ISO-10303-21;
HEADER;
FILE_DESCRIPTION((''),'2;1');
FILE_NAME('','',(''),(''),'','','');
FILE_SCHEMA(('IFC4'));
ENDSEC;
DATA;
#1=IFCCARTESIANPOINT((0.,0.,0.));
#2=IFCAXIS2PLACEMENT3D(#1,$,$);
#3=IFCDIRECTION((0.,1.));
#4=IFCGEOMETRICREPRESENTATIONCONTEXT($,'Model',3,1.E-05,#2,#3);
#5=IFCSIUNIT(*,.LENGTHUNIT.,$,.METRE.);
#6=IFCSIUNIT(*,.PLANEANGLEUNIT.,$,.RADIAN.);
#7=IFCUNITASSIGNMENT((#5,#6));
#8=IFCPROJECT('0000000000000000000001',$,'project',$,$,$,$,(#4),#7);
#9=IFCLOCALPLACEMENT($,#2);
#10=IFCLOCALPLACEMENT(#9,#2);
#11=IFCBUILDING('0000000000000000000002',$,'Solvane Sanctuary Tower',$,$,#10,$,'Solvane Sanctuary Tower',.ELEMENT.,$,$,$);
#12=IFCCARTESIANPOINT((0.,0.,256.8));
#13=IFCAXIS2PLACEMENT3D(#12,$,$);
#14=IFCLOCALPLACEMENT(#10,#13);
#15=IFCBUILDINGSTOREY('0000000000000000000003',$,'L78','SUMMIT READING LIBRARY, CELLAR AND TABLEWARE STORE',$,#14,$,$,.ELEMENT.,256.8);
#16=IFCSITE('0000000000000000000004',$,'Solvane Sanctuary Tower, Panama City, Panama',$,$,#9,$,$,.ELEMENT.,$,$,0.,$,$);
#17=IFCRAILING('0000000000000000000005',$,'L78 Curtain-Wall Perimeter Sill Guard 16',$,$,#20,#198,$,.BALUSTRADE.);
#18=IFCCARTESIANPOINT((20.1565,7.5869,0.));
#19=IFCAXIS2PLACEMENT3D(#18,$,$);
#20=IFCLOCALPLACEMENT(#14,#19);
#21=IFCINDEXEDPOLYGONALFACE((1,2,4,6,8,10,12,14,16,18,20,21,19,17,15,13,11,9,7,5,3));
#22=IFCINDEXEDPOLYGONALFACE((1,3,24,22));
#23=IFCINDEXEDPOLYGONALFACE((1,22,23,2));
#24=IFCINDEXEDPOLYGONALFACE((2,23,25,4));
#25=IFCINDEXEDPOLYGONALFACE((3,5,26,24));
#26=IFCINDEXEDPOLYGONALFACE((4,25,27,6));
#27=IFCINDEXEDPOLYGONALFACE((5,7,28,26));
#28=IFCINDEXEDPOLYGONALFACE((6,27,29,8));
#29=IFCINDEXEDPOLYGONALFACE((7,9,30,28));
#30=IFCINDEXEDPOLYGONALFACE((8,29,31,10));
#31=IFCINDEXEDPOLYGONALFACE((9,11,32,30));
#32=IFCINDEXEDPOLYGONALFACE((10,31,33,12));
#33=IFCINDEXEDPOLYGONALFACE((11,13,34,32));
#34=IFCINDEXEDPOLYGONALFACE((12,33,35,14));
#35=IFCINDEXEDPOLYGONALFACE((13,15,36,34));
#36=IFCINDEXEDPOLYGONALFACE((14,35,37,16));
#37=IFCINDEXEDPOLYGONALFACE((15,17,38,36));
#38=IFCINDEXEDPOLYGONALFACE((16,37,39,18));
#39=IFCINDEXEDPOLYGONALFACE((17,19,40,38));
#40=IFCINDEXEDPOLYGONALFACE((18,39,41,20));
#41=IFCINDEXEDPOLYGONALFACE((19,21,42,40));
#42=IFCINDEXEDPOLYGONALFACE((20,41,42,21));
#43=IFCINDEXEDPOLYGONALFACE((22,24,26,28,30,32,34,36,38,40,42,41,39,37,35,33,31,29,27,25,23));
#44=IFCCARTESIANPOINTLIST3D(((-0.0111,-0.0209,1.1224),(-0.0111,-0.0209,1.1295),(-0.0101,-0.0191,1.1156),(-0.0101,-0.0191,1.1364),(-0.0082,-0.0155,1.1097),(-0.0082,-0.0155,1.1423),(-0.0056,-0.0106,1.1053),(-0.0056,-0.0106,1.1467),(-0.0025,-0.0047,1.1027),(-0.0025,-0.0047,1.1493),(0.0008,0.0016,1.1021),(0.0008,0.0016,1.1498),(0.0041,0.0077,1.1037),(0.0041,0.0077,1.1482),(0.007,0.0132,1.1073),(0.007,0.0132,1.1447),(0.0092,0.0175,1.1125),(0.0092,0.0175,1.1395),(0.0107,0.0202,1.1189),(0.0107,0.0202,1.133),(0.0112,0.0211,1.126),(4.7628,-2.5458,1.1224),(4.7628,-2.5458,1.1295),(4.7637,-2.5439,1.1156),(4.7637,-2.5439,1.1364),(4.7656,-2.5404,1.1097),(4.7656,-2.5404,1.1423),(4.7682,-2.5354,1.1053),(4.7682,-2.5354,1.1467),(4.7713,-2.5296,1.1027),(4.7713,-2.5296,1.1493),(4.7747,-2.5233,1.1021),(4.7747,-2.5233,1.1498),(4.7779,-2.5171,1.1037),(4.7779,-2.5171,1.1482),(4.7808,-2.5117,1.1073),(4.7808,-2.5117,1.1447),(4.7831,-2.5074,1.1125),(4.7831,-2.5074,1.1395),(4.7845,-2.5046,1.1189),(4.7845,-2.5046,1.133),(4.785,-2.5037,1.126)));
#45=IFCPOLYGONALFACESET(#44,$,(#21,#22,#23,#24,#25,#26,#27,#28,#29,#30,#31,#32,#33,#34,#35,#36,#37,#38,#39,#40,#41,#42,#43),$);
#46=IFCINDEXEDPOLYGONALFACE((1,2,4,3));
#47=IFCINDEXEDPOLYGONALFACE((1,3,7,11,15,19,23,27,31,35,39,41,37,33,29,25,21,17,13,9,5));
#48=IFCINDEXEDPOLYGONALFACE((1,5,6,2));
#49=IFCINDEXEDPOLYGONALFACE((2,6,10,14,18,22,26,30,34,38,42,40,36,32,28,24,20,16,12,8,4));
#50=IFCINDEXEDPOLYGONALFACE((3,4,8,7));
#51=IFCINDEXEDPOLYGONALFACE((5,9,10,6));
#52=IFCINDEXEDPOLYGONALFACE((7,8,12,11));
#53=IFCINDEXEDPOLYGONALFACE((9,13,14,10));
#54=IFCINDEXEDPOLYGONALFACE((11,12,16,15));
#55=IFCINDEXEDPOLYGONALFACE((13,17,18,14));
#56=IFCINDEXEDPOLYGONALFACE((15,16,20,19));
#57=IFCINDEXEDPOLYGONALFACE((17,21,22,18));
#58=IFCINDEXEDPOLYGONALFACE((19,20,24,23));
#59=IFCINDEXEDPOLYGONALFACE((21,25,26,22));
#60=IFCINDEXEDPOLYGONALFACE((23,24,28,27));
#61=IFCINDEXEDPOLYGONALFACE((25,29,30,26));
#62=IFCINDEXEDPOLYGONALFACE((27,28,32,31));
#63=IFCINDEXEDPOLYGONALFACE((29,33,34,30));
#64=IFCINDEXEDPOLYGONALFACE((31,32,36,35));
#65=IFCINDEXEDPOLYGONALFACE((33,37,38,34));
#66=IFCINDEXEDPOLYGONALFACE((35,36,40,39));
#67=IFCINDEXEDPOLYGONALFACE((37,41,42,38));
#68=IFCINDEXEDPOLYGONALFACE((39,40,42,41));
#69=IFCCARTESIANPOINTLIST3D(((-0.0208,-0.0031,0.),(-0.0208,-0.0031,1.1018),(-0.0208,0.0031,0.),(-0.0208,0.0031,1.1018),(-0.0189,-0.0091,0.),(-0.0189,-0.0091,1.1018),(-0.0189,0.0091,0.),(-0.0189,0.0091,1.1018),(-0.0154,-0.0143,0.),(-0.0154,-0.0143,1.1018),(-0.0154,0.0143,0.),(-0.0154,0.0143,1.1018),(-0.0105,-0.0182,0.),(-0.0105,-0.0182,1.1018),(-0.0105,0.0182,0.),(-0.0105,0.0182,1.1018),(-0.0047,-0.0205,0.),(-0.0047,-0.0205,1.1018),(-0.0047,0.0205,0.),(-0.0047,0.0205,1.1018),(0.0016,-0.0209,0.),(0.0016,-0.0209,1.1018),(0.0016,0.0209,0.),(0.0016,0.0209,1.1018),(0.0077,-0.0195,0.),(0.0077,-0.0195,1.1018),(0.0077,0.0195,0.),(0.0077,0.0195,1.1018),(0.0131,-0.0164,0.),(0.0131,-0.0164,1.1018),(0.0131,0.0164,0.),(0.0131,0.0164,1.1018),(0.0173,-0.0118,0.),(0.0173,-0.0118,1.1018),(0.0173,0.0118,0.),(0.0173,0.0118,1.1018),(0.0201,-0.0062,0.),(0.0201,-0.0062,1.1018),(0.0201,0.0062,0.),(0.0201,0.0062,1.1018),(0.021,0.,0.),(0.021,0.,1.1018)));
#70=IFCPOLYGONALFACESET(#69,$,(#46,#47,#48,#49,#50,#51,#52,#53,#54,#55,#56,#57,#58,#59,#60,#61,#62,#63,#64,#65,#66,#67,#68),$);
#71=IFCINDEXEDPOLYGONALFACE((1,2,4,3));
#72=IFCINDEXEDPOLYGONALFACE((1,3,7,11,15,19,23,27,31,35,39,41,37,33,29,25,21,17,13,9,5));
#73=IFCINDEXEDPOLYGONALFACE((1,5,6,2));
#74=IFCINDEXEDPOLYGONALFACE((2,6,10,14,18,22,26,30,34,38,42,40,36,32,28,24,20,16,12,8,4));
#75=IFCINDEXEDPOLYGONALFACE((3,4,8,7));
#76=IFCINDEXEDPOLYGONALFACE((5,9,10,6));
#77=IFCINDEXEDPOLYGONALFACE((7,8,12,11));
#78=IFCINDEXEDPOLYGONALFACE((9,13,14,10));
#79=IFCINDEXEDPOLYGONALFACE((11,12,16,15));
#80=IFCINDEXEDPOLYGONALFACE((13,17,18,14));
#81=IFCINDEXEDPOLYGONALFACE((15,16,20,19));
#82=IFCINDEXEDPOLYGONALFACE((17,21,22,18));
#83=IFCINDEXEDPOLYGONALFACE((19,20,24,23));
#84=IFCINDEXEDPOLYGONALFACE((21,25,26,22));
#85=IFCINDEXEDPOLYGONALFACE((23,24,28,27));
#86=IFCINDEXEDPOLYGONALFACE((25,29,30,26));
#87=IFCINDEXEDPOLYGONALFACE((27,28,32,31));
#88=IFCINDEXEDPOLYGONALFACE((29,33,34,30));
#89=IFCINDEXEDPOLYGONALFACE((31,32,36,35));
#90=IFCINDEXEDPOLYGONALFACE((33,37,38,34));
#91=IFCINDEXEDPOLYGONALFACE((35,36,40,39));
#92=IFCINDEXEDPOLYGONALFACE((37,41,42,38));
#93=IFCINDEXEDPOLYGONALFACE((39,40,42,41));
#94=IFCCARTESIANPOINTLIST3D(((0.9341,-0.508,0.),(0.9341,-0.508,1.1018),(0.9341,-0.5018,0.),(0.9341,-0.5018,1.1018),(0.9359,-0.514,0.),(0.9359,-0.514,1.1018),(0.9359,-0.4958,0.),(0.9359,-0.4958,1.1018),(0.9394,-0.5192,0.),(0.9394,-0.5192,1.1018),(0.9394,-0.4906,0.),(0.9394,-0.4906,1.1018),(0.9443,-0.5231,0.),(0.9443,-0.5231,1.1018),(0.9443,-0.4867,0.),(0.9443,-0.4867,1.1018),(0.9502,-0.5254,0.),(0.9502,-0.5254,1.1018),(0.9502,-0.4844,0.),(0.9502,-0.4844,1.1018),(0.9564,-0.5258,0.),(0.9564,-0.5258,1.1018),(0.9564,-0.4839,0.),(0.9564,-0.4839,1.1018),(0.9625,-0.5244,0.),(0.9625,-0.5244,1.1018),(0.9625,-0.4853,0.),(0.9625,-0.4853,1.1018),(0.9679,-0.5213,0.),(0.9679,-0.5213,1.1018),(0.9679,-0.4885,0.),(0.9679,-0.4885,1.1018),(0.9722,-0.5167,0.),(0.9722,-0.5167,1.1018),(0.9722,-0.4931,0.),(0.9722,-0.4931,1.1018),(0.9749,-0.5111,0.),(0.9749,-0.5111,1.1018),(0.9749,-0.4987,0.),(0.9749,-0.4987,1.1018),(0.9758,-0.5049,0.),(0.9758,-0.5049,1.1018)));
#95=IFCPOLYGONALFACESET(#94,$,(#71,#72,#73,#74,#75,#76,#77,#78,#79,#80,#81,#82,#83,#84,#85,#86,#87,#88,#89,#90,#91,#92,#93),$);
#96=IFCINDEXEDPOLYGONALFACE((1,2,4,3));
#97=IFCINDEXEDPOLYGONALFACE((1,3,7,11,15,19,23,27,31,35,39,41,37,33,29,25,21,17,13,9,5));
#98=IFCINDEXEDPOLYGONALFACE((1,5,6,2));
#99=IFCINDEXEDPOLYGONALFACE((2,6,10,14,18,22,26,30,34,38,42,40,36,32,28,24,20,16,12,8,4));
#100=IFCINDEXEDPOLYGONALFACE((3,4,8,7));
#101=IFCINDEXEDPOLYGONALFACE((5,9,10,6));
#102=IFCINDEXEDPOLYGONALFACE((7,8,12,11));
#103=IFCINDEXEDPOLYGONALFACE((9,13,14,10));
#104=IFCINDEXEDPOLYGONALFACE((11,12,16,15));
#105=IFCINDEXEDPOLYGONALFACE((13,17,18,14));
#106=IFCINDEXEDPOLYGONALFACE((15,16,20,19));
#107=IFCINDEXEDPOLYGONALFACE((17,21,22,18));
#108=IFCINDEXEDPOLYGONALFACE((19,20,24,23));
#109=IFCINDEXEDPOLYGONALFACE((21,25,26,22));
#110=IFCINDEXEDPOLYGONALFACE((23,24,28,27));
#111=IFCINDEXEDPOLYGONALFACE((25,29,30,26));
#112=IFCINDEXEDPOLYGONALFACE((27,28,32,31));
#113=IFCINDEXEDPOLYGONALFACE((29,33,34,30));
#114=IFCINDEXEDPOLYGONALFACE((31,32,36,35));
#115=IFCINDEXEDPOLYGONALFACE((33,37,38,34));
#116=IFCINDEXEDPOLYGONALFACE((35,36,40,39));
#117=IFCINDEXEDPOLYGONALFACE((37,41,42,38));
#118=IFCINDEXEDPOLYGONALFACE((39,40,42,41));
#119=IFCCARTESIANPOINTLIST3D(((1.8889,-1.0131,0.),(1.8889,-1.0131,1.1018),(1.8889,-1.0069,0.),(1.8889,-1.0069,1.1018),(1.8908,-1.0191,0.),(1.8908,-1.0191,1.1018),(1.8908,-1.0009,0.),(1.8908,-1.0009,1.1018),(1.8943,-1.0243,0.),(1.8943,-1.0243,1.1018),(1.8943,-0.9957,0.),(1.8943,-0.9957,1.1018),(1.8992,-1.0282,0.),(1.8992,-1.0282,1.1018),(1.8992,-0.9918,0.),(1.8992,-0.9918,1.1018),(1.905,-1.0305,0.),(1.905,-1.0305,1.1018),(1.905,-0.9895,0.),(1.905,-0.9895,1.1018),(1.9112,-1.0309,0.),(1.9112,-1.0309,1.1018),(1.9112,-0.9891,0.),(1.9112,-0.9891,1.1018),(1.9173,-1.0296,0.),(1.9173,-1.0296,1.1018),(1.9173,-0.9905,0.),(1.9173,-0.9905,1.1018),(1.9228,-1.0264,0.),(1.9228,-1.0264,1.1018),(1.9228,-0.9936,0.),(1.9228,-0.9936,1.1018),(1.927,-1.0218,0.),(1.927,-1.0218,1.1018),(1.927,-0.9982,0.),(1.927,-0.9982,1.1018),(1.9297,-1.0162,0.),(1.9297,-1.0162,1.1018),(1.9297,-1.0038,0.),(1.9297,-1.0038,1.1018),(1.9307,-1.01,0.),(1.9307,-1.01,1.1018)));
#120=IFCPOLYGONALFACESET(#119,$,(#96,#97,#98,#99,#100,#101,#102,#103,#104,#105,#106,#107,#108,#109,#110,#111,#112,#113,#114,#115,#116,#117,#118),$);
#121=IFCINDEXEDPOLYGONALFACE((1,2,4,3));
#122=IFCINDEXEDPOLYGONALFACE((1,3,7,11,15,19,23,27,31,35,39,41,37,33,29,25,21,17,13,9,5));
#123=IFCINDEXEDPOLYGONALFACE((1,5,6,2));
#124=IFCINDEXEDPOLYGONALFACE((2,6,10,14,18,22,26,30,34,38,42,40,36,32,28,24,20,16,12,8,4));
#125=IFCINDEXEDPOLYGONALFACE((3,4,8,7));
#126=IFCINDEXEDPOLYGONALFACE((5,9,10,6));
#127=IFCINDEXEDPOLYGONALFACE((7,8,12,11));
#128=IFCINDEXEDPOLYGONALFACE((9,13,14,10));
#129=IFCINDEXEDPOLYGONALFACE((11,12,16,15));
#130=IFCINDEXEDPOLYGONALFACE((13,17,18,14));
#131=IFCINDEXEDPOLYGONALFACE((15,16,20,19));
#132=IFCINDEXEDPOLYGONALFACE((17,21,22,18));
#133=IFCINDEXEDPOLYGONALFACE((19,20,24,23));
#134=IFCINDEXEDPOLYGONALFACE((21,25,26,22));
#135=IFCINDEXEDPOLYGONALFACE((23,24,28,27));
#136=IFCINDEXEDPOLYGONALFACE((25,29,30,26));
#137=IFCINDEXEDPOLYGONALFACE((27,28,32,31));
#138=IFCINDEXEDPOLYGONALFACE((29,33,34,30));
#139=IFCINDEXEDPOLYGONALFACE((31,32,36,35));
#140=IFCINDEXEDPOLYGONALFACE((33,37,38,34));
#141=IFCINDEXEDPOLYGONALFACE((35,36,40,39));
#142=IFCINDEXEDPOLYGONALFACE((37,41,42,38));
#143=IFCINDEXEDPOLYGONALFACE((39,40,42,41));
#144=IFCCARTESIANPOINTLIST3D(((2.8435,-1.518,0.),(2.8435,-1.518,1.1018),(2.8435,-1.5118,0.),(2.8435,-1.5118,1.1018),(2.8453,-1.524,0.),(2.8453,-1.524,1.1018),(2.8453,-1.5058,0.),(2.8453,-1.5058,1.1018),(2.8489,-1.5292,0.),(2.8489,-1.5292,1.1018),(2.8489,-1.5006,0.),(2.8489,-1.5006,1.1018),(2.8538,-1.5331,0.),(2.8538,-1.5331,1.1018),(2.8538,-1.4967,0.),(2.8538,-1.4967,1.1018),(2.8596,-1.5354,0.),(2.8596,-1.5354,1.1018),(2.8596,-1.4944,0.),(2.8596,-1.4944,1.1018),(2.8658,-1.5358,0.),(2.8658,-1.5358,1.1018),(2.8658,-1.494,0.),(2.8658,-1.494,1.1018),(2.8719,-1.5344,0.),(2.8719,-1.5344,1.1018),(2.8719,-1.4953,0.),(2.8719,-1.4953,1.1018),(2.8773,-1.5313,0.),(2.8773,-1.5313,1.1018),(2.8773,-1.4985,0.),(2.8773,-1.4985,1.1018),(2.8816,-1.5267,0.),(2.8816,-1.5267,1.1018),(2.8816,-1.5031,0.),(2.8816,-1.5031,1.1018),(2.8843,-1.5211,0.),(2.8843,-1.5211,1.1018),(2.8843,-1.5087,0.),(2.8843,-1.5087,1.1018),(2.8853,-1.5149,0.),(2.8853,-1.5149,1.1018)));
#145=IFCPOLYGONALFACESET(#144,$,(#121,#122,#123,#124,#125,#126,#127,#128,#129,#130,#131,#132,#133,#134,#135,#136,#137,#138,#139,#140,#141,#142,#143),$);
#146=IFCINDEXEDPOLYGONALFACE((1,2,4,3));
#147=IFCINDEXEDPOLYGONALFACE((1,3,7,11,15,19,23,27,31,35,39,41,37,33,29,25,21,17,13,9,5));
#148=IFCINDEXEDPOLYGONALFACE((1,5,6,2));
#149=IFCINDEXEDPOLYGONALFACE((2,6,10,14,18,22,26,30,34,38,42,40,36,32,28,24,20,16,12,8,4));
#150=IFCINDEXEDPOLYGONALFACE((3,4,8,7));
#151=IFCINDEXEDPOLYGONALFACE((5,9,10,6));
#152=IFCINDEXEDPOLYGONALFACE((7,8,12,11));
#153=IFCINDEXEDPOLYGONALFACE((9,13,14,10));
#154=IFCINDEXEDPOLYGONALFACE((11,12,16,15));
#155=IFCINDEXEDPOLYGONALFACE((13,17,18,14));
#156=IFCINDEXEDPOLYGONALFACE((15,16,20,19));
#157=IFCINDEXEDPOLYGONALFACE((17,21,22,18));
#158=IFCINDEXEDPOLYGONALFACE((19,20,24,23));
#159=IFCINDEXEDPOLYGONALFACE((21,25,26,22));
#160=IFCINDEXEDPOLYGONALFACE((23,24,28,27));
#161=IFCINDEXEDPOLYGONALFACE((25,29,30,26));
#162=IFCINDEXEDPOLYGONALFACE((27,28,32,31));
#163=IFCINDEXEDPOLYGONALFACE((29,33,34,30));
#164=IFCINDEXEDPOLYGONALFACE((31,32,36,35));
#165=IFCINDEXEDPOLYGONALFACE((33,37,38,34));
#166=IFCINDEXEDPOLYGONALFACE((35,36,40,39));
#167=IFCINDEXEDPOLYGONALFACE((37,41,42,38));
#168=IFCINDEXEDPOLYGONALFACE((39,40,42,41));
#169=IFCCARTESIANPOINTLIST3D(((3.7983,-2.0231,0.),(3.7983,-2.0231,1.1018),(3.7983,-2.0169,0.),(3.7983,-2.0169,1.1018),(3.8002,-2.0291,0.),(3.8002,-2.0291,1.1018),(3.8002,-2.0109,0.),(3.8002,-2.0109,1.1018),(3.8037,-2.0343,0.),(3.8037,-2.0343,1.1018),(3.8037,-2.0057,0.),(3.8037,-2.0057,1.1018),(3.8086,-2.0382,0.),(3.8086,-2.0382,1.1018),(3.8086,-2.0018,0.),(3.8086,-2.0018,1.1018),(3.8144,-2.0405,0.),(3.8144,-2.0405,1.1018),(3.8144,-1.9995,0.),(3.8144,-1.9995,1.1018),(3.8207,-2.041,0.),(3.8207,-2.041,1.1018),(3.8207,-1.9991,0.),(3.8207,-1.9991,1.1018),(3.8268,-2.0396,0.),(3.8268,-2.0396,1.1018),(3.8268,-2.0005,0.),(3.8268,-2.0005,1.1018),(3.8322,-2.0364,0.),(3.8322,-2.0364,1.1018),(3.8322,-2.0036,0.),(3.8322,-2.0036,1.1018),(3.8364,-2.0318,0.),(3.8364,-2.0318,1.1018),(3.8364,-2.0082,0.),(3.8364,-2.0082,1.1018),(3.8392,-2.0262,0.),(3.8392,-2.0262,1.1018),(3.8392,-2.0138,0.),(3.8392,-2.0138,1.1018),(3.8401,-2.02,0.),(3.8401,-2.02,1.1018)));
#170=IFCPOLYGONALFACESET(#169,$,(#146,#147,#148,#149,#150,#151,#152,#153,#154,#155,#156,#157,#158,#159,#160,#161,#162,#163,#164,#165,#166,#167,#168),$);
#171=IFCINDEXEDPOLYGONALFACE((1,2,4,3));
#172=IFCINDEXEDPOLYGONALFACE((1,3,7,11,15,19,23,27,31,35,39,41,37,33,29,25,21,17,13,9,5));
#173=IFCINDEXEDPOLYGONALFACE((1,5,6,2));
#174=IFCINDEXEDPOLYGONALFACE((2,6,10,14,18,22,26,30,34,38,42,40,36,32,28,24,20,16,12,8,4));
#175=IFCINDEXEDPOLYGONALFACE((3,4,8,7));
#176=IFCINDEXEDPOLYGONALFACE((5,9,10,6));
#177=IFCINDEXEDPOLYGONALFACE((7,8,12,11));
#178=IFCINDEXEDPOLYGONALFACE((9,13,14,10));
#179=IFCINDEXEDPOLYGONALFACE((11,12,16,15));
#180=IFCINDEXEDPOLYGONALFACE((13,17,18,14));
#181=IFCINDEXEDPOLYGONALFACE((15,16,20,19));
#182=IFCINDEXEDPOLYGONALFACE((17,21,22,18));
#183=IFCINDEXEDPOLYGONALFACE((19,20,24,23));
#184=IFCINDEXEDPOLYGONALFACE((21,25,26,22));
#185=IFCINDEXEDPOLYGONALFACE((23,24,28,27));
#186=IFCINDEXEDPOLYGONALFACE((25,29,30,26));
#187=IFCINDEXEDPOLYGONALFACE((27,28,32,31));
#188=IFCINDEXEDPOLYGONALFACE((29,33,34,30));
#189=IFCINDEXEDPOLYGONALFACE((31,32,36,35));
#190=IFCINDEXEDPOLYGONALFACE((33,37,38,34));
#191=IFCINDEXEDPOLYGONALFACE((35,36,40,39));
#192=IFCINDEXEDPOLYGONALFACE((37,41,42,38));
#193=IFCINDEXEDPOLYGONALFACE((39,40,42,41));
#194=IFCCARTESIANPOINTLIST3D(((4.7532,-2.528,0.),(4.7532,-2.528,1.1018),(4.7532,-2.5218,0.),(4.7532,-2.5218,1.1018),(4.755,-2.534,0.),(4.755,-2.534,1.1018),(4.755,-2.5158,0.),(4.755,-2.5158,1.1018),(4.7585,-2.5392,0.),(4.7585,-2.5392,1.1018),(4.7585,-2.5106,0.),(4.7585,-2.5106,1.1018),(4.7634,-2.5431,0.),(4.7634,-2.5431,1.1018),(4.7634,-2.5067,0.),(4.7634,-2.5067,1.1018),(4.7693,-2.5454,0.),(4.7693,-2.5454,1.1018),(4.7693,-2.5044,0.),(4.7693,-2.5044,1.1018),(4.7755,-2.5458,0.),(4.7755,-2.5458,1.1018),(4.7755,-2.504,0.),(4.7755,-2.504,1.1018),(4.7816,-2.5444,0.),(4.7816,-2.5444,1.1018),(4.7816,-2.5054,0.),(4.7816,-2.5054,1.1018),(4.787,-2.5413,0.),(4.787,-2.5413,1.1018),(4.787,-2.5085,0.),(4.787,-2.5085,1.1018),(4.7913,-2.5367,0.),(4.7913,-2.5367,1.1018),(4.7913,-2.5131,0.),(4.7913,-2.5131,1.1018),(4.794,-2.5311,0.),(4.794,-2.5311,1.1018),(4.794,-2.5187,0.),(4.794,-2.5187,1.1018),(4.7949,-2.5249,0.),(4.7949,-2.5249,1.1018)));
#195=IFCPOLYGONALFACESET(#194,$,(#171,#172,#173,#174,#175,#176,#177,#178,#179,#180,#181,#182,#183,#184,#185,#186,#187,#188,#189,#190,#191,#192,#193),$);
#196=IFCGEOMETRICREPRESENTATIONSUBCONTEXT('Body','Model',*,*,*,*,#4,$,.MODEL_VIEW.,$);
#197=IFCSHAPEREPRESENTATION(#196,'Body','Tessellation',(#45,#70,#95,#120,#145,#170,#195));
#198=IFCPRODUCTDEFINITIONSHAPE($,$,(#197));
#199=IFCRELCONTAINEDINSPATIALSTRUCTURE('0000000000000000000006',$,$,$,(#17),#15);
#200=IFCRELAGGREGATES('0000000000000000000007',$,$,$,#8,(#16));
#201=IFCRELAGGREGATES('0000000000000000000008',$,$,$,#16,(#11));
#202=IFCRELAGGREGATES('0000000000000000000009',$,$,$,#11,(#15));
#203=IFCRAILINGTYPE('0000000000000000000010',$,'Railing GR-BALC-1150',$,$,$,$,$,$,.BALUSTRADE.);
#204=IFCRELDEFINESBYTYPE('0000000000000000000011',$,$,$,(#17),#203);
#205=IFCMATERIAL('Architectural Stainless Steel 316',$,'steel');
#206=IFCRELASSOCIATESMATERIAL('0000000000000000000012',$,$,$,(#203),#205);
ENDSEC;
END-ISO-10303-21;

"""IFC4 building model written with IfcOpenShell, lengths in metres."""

from ifc_helpers import new_model, si_unit, direction, frame, origin, origin_2d, place, context, subcontext, project, spatial, circle, extrude, material, type_object, element, save


model = new_model("IFC4")

# Units and contexts
model_context = context("Model", 3, precision=1e-05, world=origin(), true_north=direction((0.0, 1.0)))
body_context = subcontext(model_context, "Body", "Model", "MODEL_VIEW")
ifc_project = project(units=[si_unit("LENGTHUNIT", "METRE"), si_unit("PLANEANGLEUNIT", "RADIAN")], contexts=[model_context])

# Site, building, storey
site_placement = place(None, origin())
site = spatial("IfcSite", under=ifc_project, at=site_placement, Name="Solvane Sanctuary Tower, Panama City, Panama", CompositionType="ELEMENT", RefElevation=0.0)
building_placement = place(site_placement, origin())
building = spatial("IfcBuilding", under=site, at=building_placement, Name="Solvane Sanctuary Tower", LongName="Solvane Sanctuary Tower", CompositionType="ELEMENT")
storey_placement = place(building_placement, frame((0.0, 0.0, 256.8)))
storey = spatial("IfcBuildingStorey", under=building, at=storey_placement, Name="L78", Description="SUMMIT READING LIBRARY, CELLAR AND TABLEWARE STORE", CompositionType="ELEMENT", Elevation=256.8)

# Shared definitions
ifc_material_1 = material(Name="Architectural Stainless Steel 316", Category="steel")

# Railing
railing_type_1 = type_object("IfcRailingType", Name="Railing GR-BALC-1150", PredefinedType="BALUSTRADE", material=ifc_material_1)
railing_1_placement = place(storey_placement, frame((20.1565, 7.5869, 0.0)))
element("IfcRailing", 1, at=railing_1_placement, inside=storey, type_object=railing_type_1, Name="L78 Curtain-Wall Perimeter Sill Guard 16", PredefinedType="BALUSTRADE", context=body_context, shape_type="SweptSolid", body=[
    extrude(circle(Radius=0.0239, at=origin_2d()), frame((0.0, 0.0, 1.126), z_axis=(0.883977, -0.46753, 0.0), x_axis=(0.46753, 0.883977, 0.0)), (0.0, 0.0, 1.0), 5.4004),
    extrude(circle(Radius=0.021, at=origin_2d()), origin(), (0.0, 0.0, 1.0), 1.1018),
    extrude(circle(Radius=0.021, at=origin_2d()), frame((0.9548, -0.5049, 0.0)), (0.0, 0.0, 1.0), 1.1018),
    extrude(circle(Radius=0.021, at=origin_2d()), frame((1.9097, -1.01, 0.0)), (0.0, 0.0, 1.0), 1.1018),
    extrude(circle(Radius=0.021, at=origin_2d()), frame((2.8643, -1.5149, 0.0)), (0.0, 0.0, 1.0), 1.1018),
    extrude(circle(Radius=0.021, at=origin_2d()), frame((3.8191, -2.02, 0.0)), (0.0, 0.0, 1.0), 1.1018),
    extrude(circle(Radius=0.021, at=origin_2d()), frame((4.7739, -2.5249, 0.0)), (0.0, 0.0, 1.0), 1.1018),
])

save(model, "model.ifc")
